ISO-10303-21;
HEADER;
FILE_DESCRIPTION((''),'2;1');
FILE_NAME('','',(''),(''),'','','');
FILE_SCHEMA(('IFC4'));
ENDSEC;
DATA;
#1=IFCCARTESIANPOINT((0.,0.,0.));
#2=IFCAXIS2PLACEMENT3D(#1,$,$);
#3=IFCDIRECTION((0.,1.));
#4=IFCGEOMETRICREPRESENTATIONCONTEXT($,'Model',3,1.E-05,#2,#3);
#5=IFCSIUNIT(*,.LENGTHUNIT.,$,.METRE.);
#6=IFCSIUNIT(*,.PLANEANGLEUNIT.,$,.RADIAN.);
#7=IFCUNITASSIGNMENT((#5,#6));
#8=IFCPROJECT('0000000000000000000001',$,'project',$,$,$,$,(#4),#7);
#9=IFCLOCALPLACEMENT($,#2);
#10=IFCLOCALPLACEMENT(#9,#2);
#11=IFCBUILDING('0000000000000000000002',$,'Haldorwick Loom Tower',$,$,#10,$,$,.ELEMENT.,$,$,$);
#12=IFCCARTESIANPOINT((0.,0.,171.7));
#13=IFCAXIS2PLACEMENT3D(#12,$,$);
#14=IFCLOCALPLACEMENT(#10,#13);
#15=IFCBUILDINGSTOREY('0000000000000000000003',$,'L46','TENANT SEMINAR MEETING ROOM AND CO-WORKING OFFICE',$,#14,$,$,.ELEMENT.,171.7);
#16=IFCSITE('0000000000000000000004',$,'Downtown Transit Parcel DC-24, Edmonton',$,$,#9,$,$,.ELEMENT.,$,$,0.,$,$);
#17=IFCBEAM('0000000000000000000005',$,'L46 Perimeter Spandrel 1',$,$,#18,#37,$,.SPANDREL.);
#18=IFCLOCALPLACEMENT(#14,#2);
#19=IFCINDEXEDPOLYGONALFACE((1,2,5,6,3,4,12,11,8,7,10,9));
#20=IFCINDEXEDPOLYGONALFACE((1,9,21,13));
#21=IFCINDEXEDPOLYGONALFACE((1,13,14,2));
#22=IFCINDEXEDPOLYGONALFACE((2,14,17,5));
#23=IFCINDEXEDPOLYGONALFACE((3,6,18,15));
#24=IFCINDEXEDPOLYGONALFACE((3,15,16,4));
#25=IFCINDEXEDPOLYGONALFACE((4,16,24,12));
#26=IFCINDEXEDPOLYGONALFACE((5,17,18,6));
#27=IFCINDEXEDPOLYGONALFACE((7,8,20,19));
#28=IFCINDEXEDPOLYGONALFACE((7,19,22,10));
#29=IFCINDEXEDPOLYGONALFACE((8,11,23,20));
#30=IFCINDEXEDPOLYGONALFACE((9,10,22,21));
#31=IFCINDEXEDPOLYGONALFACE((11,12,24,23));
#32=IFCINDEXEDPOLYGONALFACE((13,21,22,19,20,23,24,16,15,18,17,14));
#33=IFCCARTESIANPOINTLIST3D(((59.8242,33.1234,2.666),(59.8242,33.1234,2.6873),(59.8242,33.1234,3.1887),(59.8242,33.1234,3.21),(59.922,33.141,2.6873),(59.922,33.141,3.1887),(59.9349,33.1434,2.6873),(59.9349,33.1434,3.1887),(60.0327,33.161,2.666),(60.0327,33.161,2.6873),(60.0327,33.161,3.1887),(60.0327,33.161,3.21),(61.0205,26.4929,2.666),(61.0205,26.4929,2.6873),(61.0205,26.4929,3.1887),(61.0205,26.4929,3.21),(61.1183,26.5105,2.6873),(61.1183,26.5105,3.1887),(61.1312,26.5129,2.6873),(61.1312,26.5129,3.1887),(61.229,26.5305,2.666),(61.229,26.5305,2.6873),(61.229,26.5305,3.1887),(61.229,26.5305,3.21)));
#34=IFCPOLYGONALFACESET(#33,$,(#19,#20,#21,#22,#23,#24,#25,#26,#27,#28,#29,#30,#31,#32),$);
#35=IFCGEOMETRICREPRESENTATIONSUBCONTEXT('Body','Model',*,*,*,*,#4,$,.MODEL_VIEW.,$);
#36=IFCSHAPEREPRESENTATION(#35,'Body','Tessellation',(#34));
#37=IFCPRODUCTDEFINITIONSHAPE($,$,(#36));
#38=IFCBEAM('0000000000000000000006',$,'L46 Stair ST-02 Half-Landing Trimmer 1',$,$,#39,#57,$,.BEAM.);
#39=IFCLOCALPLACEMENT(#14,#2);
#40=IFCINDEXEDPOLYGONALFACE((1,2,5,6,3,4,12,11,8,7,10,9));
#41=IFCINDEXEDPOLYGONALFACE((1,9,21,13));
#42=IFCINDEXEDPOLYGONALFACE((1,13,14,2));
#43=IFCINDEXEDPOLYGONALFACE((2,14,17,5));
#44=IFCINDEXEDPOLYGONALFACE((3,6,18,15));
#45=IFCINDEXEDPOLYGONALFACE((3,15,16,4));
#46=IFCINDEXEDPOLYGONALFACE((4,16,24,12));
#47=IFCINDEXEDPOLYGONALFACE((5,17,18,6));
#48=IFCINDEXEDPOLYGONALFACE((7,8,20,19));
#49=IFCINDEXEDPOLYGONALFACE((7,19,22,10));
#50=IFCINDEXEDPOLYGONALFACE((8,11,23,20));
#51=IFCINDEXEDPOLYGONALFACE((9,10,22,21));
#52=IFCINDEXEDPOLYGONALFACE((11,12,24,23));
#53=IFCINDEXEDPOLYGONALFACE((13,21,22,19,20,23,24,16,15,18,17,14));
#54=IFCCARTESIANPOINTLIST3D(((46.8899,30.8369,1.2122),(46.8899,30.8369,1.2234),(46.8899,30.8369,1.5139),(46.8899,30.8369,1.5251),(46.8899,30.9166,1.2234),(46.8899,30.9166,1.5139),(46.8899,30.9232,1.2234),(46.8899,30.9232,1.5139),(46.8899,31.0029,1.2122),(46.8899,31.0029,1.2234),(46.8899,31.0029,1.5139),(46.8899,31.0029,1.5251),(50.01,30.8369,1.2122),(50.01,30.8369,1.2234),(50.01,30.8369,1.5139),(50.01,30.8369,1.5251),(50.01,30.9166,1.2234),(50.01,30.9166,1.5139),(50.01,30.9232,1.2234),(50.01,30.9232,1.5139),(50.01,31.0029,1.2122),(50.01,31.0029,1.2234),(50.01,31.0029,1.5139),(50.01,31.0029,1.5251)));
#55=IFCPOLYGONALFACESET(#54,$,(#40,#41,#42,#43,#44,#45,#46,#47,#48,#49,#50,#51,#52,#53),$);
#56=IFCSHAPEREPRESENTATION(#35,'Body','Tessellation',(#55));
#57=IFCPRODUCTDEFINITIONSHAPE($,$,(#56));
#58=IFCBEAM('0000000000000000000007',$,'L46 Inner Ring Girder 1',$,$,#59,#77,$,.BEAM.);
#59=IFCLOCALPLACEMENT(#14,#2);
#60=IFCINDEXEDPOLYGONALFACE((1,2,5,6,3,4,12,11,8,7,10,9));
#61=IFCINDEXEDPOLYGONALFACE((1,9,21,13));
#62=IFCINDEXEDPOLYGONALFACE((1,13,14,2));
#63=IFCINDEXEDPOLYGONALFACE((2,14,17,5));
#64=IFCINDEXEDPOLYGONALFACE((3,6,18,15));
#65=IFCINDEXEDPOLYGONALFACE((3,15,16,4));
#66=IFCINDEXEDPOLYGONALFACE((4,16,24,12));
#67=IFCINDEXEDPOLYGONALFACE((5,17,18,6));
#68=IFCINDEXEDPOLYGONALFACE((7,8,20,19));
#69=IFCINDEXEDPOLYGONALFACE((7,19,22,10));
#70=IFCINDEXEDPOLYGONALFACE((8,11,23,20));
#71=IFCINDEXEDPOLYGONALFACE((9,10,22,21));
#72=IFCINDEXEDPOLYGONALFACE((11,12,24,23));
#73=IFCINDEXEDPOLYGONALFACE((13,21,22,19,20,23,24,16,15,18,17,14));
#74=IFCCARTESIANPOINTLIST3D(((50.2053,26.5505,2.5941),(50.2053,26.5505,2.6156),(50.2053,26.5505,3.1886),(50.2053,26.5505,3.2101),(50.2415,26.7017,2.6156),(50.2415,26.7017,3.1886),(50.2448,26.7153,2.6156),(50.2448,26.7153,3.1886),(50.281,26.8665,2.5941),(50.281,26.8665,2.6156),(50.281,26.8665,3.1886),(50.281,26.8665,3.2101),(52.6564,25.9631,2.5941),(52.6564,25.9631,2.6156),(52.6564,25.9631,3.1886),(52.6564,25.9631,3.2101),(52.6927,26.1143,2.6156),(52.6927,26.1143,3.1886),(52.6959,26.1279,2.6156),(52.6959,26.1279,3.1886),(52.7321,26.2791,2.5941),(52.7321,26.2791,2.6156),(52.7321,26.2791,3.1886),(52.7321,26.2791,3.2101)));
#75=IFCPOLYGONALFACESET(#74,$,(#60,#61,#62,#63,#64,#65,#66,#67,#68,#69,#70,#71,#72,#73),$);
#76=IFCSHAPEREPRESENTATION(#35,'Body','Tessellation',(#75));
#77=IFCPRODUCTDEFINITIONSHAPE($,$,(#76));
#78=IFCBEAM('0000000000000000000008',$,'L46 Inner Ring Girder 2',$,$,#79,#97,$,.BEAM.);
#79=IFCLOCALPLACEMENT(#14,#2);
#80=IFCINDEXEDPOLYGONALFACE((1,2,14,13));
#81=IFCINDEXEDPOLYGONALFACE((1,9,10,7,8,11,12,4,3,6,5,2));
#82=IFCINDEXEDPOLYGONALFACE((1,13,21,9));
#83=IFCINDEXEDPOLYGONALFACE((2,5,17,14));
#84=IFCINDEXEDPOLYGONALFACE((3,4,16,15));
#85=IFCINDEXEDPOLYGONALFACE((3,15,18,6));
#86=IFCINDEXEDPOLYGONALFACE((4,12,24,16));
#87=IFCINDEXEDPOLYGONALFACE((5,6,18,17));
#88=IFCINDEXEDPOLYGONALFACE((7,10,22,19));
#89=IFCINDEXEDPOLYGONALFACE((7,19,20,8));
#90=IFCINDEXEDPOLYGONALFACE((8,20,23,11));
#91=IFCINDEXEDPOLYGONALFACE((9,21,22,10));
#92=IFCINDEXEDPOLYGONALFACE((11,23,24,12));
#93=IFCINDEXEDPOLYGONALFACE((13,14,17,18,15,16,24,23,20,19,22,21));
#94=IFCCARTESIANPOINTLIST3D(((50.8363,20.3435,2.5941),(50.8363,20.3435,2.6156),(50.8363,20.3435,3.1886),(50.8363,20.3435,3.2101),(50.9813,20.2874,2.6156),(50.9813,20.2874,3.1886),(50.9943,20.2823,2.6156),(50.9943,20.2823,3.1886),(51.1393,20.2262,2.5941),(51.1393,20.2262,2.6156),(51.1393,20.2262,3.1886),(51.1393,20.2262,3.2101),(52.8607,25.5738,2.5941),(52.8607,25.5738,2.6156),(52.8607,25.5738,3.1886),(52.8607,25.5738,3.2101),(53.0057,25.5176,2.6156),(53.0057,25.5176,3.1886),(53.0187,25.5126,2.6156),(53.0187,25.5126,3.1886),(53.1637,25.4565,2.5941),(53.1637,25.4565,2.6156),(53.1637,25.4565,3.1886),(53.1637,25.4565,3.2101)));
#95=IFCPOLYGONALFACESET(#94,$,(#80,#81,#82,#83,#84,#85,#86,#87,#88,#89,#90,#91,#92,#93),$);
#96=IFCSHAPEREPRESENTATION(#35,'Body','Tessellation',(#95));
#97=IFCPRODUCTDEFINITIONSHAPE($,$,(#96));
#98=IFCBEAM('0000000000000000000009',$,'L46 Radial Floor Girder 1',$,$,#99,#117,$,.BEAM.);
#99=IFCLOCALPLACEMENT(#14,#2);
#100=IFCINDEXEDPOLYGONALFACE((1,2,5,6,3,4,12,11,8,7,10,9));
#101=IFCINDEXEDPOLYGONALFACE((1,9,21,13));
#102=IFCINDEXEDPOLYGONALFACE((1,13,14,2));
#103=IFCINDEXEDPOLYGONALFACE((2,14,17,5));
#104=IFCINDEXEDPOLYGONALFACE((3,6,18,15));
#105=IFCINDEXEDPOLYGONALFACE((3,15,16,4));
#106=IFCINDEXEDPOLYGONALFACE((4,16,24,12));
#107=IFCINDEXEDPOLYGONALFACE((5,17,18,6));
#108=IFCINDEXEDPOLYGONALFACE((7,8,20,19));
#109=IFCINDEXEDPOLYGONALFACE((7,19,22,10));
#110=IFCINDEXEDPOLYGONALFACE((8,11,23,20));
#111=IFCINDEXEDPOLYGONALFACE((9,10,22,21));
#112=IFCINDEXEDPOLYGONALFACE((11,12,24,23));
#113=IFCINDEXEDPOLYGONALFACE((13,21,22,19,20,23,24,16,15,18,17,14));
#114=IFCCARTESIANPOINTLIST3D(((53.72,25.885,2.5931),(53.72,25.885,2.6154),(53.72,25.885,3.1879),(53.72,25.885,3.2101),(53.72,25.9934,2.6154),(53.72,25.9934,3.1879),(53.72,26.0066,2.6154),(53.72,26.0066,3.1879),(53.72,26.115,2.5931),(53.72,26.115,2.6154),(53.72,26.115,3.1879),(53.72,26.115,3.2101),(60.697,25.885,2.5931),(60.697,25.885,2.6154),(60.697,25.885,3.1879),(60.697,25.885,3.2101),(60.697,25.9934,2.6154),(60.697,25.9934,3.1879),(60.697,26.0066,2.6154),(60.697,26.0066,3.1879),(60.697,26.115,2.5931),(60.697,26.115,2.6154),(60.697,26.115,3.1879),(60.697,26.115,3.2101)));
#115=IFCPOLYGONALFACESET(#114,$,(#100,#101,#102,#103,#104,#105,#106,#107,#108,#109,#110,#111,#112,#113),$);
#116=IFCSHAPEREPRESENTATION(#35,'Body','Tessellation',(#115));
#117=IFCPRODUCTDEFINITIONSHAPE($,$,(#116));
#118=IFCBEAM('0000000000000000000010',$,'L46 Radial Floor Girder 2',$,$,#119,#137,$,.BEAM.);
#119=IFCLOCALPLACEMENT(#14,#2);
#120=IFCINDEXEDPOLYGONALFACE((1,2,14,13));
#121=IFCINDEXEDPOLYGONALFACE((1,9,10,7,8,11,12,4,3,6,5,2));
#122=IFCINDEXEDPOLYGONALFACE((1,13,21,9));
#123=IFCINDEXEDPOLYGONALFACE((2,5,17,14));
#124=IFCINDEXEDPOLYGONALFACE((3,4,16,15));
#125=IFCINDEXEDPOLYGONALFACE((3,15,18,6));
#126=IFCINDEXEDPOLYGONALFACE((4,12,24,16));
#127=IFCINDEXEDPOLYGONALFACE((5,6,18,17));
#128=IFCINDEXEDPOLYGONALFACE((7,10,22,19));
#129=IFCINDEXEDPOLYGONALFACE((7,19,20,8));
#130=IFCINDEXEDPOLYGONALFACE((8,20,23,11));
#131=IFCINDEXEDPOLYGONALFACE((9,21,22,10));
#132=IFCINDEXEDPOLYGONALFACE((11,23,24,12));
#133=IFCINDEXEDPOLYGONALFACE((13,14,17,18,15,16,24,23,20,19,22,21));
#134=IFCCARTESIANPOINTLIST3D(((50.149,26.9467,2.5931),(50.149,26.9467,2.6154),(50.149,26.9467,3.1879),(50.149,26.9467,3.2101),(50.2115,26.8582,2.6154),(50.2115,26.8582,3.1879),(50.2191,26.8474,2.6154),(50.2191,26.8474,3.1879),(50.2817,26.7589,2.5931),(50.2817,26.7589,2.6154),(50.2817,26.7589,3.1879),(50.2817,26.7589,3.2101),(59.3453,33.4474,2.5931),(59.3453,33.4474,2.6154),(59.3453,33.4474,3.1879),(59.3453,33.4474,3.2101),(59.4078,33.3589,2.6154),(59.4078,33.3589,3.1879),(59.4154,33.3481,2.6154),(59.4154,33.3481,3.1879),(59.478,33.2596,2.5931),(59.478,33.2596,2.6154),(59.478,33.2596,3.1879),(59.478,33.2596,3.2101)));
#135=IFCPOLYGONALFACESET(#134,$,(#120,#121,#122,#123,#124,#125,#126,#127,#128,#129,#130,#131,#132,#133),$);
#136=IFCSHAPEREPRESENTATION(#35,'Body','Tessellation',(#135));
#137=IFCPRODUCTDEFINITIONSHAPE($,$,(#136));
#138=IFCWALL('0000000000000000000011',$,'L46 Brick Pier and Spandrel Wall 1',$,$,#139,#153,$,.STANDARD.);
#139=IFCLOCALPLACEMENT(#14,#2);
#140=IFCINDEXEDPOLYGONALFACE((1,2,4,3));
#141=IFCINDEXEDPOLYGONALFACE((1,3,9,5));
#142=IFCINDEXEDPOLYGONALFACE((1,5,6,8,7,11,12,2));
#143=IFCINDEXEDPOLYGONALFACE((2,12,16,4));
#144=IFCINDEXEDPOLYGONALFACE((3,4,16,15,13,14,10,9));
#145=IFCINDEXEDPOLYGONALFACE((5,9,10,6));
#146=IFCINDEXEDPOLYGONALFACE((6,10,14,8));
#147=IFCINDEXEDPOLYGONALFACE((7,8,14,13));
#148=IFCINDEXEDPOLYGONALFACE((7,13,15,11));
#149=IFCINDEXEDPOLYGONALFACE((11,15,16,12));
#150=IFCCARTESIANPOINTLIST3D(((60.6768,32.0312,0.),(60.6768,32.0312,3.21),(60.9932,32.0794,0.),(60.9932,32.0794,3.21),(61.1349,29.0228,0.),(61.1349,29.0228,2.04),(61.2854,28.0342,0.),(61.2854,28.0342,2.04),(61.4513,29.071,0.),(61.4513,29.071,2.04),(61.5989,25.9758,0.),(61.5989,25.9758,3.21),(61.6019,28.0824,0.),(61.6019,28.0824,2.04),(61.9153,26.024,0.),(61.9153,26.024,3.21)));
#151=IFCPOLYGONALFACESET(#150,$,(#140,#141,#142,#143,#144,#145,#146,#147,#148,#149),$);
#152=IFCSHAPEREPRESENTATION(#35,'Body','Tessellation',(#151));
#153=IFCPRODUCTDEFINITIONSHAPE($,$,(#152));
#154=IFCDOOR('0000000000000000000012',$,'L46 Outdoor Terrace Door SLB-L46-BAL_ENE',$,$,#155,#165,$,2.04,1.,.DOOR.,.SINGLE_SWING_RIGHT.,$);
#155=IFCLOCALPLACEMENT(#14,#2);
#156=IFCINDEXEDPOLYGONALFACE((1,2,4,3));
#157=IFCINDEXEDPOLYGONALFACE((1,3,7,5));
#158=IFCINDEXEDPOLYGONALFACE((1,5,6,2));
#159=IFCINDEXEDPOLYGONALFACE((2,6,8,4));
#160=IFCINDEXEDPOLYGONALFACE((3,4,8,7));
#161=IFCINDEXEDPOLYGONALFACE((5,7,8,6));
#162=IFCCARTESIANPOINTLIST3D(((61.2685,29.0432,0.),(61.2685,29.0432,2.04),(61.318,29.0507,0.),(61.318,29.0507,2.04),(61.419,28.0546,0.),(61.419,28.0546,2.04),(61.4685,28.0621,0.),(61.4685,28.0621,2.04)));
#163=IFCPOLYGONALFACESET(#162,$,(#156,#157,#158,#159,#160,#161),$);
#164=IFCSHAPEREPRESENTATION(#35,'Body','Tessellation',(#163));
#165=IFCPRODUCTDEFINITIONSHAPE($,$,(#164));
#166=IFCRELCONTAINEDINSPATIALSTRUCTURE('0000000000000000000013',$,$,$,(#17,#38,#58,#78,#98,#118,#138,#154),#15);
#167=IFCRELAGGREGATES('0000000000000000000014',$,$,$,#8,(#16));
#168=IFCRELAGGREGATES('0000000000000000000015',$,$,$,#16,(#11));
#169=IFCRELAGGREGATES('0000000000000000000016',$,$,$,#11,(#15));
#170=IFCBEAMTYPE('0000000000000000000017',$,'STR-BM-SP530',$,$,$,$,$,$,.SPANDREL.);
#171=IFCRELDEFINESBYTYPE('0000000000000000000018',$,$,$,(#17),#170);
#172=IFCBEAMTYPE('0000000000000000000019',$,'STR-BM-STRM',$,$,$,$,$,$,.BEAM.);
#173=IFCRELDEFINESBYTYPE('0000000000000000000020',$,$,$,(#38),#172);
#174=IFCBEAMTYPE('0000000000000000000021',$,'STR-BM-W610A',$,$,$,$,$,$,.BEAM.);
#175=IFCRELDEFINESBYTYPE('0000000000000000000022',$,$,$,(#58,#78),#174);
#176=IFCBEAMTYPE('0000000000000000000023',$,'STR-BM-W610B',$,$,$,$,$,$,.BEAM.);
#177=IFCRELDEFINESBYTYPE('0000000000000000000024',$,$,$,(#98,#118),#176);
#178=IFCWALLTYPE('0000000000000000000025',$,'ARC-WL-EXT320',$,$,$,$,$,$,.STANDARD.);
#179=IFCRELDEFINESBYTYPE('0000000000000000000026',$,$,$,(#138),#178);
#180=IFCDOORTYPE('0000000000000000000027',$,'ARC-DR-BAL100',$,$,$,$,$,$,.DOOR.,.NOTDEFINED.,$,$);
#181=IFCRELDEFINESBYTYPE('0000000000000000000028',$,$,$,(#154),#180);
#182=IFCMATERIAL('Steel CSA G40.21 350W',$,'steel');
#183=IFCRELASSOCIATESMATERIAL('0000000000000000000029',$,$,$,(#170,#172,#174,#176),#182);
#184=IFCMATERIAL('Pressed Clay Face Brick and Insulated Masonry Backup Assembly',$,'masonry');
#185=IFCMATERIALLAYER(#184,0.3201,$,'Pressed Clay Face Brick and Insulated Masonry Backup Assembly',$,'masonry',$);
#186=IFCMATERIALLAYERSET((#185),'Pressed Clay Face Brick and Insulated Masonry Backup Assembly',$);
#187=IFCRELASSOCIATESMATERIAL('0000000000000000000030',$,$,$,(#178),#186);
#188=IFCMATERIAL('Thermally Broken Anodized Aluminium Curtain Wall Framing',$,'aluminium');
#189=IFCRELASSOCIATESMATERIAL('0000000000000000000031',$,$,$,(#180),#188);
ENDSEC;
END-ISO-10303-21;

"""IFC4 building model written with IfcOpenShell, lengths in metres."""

from ifc_helpers import new_model, si_unit, direction, frame, frame_2d, origin, origin_2d, place, context, subcontext, project, spatial, rectangle, i_section, extrude, material, layer, layer_set, material_profile, profile_set, type_object, element, fill, save


model = new_model("IFC4")

# Units and contexts
model_context = context("Model", 3, precision=1e-05, world=origin(), true_north=direction((0.0, 1.0)))
body_context = subcontext(model_context, "Body", "Model", "MODEL_VIEW")
ifc_project = project(units=[si_unit("LENGTHUNIT", "METRE"), si_unit("PLANEANGLEUNIT", "RADIAN")], contexts=[model_context])

# Site, building, storey
site_placement = place(None, origin())
site = spatial("IfcSite", under=ifc_project, at=site_placement, Name="Downtown Transit Parcel DC-24, Edmonton", CompositionType="ELEMENT", RefElevation=0.0)
building_placement = place(site_placement, origin())
building = spatial("IfcBuilding", under=site, at=building_placement, Name="Haldorwick Loom Tower", CompositionType="ELEMENT")
storey_placement = place(building_placement, frame((0.0, 0.0, 171.7)))
storey = spatial("IfcBuildingStorey", under=building, at=storey_placement, Name="L46", Description="TENANT SEMINAR MEETING ROOM AND CO-WORKING OFFICE", CompositionType="ELEMENT", Elevation=171.7)

# Shared definitions
ifc_material_1 = material(Name="Steel CSA G40.21 350W", Category="steel")

# Beams
ifc_material_profile_1 = material_profile(ifc_material_1, i_section(OverallWidth=0.2119, OverallDepth=0.5439, WebThickness=0.0132, FlangeThickness=0.0212, at=origin_2d()), Name="W530X123", Category="steel")
ifc_profile_set_1 = profile_set([ifc_material_profile_1], Name="Steel CSA G40.21 350W")
beam_type_1 = type_object("IfcBeamType", Name="STR-BM-SP530", PredefinedType="SPANDREL", material=ifc_profile_set_1)
beam_1_placement = place(storey_placement, frame((61.1248, 26.5117, 2.938), z_axis=(-0.177559, 0.98411, 0.0), x_axis=(-0.98411, -0.177559, 0.0)))
element("IfcBeam", 1, at=beam_1_placement, inside=storey, type_object=beam_type_1, Name="L46 Perimeter Spandrel 1", PredefinedType="SPANDREL", context=body_context, shape_type="SweptSolid", body=[
    extrude(i_section(OverallWidth=0.2119, OverallDepth=0.5439, WebThickness=0.0132, FlangeThickness=0.0212, at=origin_2d()), origin(), (0.0, 0.0, 1.0), 6.7375),
])
ifc_material_profile_2 = material_profile(ifc_material_1, i_section(OverallWidth=0.166, OverallDepth=0.313, WebThickness=0.0066, FlangeThickness=0.0112, at=origin_2d()), Name="W310X45", Category="steel")
ifc_profile_set_2 = profile_set([ifc_material_profile_2], Name="Steel CSA G40.21 350W")
beam_type_2 = type_object("IfcBeamType", Name="STR-BM-STRM", PredefinedType="BEAM", material=ifc_profile_set_2)
beam_2_placement = place(storey_placement, frame((46.8899, 30.9199, 1.3687), z_axis=(1.0, 0.0, 0.0), x_axis=(0.0, 1.0, 0.0)))
element("IfcBeam", 2, at=beam_2_placement, inside=storey, type_object=beam_type_2, Name="L46 Stair ST-02 Half-Landing Trimmer 1", PredefinedType="BEAM", context=body_context, shape_type="SweptSolid", body=[
    extrude(i_section(OverallWidth=0.166, OverallDepth=0.313, WebThickness=0.0066, FlangeThickness=0.0112, at=origin_2d()), origin(), (0.0, 0.0, 1.0), 3.1201),
])
ifc_material_profile_3 = material_profile(ifc_material_1, i_section(OverallWidth=0.325, OverallDepth=0.616, WebThickness=0.0139, FlangeThickness=0.0215, at=origin_2d()), Name="W610X174", Category="steel")
ifc_profile_set_3 = profile_set([ifc_material_profile_3], Name="Steel CSA G40.21 350W")
beam_type_3 = type_object("IfcBeamType", Name="STR-BM-W610A", PredefinedType="BEAM", material=ifc_profile_set_3)
beam_3_placement = place(storey_placement, frame((50.2432, 26.7085, 2.9021), z_axis=(0.972466, -0.233043, 0.0), x_axis=(0.233043, 0.972466, 0.0)))
element("IfcBeam", 3, at=beam_3_placement, inside=storey, type_object=beam_type_3, Name="L46 Inner Ring Girder 1", PredefinedType="BEAM", context=body_context, shape_type="SweptSolid", body=[
    extrude(i_section(OverallWidth=0.325, OverallDepth=0.616, WebThickness=0.0139, FlangeThickness=0.0215, at=origin_2d()), origin(), (0.0, 0.0, 1.0), 2.5205),
])
beam_4_placement = place(storey_placement, frame((53.0122, 25.5151, 2.9021), z_axis=(-0.360965, -0.932579, 0.0), x_axis=(0.932579, -0.360965, 0.0)))
element("IfcBeam", 4, at=beam_4_placement, inside=storey, type_object=beam_type_3, Name="L46 Inner Ring Girder 2", PredefinedType="BEAM", context=body_context, shape_type="SweptSolid", body=[
    extrude(i_section(OverallWidth=0.325, OverallDepth=0.616, WebThickness=0.0139, FlangeThickness=0.0215, at=origin_2d()), origin(), (0.0, 0.0, 1.0), 5.6084),
])
ifc_material_profile_4 = material_profile(ifc_material_1, i_section(OverallWidth=0.23, OverallDepth=0.6169, WebThickness=0.0132, FlangeThickness=0.0222, at=origin_2d()), Name="W610X140", Category="steel")
ifc_profile_set_4 = profile_set([ifc_material_profile_4], Name="Steel CSA G40.21 350W")
beam_type_4 = type_object("IfcBeamType", Name="STR-BM-W610B", PredefinedType="BEAM", material=ifc_profile_set_4)
beam_5_placement = place(storey_placement, frame((53.72, 26.0, 2.9016), z_axis=(1.0, 0.0, 0.0), x_axis=(0.0, 1.0, 0.0)))
element("IfcBeam", 5, at=beam_5_placement, inside=storey, type_object=beam_type_4, Name="L46 Radial Floor Girder 1", PredefinedType="BEAM", context=body_context, shape_type="SweptSolid", body=[
    extrude(i_section(OverallWidth=0.23, OverallDepth=0.6169, WebThickness=0.0132, FlangeThickness=0.0222, at=origin_2d()), origin(), (0.0, 0.0, 1.0), 6.9771),
])
beam_6_placement = place(storey_placement, frame((50.2153, 26.8528, 2.9016), z_axis=(0.816581, 0.57723, 0.0), x_axis=(-0.57723, 0.816581, 0.0)))
element("IfcBeam", 6, at=beam_6_placement, inside=storey, type_object=beam_type_4, Name="L46 Radial Floor Girder 2", PredefinedType="BEAM", context=body_context, shape_type="SweptSolid", body=[
    extrude(i_section(OverallWidth=0.23, OverallDepth=0.6169, WebThickness=0.0132, FlangeThickness=0.0222, at=origin_2d()), origin(), (0.0, 0.0, 1.0), 11.262),
])

# Wall, opening, door
ifc_material_2 = material(Name="Pressed Clay Face Brick and Insulated Masonry Backup Assembly", Category="masonry")
ifc_layer_1 = layer(ifc_material_2, 0.3201, Name="Pressed Clay Face Brick and Insulated Masonry Backup Assembly", Category="masonry")
ifc_layer_set_1 = layer_set([ifc_layer_1], Name="Pressed Clay Face Brick and Insulated Masonry Backup Assembly")
wall_type_1 = type_object("IfcWallType", Name="ARC-WL-EXT320", PredefinedType="STANDARD", material=ifc_layer_set_1)
wall_1_placement = place(storey_placement, frame((61.7571, 26.0, 0.0), z_axis=(0.0, 0.0, 1.0), x_axis=(-0.150544, 0.988603, 0.0)))
wall_1 = element("IfcWall", 7, at=wall_1_placement, inside=storey, type_object=wall_type_1, Name="L46 Brick Pier and Spandrel Wall 1", PredefinedType="STANDARD", context=body_context, shape_type="SweptSolid", body=[
    extrude(rectangle(XDim=6.1252, YDim=0.3201, at=frame_2d((3.0625, 0.0))), origin(), (0.0, 0.0, 1.0), 3.21),
])
opening_1_placement = place(wall_1_placement, frame((2.082, 0.0, 0.0)))
opening_1 = element("IfcOpeningElement", 8, at=opening_1_placement, cuts=wall_1, PredefinedType="OPENING", context=body_context, shape_type="SweptSolid", body=[
    extrude(rectangle(XDim=1.0, YDim=2.04, at=frame_2d((0.5, 1.02))), frame((0.0, 0.1699, 0.0), z_axis=(0.0, -1.0, 0.0), x_axis=(1.0, 0.0, 0.0)), (0.0, 0.0, 1.0), 0.3401),
])
ifc_material_3 = material(Name="Thermally Broken Anodized Aluminium Curtain Wall Framing", Category="aluminium")
door_type_1 = type_object("IfcDoorType", Name="ARC-DR-BAL100", OperationType="NOTDEFINED", PredefinedType="DOOR", material=ifc_material_3)
door_1_placement = place(opening_1_placement, origin())
door_1 = element("IfcDoor", 9, at=door_1_placement, inside=storey, type_object=door_type_1, Name="L46 Outdoor Terrace Door SLB-L46-BAL_ENE", OperationType="SINGLE_SWING_RIGHT", OverallHeight=2.04, OverallWidth=1.0, PredefinedType="DOOR", context=body_context, shape_type="SweptSolid", body=[
    extrude(rectangle(XDim=1.0, YDim=2.04, at=frame_2d((0.5, 1.02))), frame((0.0, 0.0249, 0.0), z_axis=(0.0, -1.0, 0.0), x_axis=(1.0, 0.0, 0.0)), (0.0, 0.0, 1.0), 0.05),
])
fill(opening_1, door_1)

save(model, "model.ifc")
